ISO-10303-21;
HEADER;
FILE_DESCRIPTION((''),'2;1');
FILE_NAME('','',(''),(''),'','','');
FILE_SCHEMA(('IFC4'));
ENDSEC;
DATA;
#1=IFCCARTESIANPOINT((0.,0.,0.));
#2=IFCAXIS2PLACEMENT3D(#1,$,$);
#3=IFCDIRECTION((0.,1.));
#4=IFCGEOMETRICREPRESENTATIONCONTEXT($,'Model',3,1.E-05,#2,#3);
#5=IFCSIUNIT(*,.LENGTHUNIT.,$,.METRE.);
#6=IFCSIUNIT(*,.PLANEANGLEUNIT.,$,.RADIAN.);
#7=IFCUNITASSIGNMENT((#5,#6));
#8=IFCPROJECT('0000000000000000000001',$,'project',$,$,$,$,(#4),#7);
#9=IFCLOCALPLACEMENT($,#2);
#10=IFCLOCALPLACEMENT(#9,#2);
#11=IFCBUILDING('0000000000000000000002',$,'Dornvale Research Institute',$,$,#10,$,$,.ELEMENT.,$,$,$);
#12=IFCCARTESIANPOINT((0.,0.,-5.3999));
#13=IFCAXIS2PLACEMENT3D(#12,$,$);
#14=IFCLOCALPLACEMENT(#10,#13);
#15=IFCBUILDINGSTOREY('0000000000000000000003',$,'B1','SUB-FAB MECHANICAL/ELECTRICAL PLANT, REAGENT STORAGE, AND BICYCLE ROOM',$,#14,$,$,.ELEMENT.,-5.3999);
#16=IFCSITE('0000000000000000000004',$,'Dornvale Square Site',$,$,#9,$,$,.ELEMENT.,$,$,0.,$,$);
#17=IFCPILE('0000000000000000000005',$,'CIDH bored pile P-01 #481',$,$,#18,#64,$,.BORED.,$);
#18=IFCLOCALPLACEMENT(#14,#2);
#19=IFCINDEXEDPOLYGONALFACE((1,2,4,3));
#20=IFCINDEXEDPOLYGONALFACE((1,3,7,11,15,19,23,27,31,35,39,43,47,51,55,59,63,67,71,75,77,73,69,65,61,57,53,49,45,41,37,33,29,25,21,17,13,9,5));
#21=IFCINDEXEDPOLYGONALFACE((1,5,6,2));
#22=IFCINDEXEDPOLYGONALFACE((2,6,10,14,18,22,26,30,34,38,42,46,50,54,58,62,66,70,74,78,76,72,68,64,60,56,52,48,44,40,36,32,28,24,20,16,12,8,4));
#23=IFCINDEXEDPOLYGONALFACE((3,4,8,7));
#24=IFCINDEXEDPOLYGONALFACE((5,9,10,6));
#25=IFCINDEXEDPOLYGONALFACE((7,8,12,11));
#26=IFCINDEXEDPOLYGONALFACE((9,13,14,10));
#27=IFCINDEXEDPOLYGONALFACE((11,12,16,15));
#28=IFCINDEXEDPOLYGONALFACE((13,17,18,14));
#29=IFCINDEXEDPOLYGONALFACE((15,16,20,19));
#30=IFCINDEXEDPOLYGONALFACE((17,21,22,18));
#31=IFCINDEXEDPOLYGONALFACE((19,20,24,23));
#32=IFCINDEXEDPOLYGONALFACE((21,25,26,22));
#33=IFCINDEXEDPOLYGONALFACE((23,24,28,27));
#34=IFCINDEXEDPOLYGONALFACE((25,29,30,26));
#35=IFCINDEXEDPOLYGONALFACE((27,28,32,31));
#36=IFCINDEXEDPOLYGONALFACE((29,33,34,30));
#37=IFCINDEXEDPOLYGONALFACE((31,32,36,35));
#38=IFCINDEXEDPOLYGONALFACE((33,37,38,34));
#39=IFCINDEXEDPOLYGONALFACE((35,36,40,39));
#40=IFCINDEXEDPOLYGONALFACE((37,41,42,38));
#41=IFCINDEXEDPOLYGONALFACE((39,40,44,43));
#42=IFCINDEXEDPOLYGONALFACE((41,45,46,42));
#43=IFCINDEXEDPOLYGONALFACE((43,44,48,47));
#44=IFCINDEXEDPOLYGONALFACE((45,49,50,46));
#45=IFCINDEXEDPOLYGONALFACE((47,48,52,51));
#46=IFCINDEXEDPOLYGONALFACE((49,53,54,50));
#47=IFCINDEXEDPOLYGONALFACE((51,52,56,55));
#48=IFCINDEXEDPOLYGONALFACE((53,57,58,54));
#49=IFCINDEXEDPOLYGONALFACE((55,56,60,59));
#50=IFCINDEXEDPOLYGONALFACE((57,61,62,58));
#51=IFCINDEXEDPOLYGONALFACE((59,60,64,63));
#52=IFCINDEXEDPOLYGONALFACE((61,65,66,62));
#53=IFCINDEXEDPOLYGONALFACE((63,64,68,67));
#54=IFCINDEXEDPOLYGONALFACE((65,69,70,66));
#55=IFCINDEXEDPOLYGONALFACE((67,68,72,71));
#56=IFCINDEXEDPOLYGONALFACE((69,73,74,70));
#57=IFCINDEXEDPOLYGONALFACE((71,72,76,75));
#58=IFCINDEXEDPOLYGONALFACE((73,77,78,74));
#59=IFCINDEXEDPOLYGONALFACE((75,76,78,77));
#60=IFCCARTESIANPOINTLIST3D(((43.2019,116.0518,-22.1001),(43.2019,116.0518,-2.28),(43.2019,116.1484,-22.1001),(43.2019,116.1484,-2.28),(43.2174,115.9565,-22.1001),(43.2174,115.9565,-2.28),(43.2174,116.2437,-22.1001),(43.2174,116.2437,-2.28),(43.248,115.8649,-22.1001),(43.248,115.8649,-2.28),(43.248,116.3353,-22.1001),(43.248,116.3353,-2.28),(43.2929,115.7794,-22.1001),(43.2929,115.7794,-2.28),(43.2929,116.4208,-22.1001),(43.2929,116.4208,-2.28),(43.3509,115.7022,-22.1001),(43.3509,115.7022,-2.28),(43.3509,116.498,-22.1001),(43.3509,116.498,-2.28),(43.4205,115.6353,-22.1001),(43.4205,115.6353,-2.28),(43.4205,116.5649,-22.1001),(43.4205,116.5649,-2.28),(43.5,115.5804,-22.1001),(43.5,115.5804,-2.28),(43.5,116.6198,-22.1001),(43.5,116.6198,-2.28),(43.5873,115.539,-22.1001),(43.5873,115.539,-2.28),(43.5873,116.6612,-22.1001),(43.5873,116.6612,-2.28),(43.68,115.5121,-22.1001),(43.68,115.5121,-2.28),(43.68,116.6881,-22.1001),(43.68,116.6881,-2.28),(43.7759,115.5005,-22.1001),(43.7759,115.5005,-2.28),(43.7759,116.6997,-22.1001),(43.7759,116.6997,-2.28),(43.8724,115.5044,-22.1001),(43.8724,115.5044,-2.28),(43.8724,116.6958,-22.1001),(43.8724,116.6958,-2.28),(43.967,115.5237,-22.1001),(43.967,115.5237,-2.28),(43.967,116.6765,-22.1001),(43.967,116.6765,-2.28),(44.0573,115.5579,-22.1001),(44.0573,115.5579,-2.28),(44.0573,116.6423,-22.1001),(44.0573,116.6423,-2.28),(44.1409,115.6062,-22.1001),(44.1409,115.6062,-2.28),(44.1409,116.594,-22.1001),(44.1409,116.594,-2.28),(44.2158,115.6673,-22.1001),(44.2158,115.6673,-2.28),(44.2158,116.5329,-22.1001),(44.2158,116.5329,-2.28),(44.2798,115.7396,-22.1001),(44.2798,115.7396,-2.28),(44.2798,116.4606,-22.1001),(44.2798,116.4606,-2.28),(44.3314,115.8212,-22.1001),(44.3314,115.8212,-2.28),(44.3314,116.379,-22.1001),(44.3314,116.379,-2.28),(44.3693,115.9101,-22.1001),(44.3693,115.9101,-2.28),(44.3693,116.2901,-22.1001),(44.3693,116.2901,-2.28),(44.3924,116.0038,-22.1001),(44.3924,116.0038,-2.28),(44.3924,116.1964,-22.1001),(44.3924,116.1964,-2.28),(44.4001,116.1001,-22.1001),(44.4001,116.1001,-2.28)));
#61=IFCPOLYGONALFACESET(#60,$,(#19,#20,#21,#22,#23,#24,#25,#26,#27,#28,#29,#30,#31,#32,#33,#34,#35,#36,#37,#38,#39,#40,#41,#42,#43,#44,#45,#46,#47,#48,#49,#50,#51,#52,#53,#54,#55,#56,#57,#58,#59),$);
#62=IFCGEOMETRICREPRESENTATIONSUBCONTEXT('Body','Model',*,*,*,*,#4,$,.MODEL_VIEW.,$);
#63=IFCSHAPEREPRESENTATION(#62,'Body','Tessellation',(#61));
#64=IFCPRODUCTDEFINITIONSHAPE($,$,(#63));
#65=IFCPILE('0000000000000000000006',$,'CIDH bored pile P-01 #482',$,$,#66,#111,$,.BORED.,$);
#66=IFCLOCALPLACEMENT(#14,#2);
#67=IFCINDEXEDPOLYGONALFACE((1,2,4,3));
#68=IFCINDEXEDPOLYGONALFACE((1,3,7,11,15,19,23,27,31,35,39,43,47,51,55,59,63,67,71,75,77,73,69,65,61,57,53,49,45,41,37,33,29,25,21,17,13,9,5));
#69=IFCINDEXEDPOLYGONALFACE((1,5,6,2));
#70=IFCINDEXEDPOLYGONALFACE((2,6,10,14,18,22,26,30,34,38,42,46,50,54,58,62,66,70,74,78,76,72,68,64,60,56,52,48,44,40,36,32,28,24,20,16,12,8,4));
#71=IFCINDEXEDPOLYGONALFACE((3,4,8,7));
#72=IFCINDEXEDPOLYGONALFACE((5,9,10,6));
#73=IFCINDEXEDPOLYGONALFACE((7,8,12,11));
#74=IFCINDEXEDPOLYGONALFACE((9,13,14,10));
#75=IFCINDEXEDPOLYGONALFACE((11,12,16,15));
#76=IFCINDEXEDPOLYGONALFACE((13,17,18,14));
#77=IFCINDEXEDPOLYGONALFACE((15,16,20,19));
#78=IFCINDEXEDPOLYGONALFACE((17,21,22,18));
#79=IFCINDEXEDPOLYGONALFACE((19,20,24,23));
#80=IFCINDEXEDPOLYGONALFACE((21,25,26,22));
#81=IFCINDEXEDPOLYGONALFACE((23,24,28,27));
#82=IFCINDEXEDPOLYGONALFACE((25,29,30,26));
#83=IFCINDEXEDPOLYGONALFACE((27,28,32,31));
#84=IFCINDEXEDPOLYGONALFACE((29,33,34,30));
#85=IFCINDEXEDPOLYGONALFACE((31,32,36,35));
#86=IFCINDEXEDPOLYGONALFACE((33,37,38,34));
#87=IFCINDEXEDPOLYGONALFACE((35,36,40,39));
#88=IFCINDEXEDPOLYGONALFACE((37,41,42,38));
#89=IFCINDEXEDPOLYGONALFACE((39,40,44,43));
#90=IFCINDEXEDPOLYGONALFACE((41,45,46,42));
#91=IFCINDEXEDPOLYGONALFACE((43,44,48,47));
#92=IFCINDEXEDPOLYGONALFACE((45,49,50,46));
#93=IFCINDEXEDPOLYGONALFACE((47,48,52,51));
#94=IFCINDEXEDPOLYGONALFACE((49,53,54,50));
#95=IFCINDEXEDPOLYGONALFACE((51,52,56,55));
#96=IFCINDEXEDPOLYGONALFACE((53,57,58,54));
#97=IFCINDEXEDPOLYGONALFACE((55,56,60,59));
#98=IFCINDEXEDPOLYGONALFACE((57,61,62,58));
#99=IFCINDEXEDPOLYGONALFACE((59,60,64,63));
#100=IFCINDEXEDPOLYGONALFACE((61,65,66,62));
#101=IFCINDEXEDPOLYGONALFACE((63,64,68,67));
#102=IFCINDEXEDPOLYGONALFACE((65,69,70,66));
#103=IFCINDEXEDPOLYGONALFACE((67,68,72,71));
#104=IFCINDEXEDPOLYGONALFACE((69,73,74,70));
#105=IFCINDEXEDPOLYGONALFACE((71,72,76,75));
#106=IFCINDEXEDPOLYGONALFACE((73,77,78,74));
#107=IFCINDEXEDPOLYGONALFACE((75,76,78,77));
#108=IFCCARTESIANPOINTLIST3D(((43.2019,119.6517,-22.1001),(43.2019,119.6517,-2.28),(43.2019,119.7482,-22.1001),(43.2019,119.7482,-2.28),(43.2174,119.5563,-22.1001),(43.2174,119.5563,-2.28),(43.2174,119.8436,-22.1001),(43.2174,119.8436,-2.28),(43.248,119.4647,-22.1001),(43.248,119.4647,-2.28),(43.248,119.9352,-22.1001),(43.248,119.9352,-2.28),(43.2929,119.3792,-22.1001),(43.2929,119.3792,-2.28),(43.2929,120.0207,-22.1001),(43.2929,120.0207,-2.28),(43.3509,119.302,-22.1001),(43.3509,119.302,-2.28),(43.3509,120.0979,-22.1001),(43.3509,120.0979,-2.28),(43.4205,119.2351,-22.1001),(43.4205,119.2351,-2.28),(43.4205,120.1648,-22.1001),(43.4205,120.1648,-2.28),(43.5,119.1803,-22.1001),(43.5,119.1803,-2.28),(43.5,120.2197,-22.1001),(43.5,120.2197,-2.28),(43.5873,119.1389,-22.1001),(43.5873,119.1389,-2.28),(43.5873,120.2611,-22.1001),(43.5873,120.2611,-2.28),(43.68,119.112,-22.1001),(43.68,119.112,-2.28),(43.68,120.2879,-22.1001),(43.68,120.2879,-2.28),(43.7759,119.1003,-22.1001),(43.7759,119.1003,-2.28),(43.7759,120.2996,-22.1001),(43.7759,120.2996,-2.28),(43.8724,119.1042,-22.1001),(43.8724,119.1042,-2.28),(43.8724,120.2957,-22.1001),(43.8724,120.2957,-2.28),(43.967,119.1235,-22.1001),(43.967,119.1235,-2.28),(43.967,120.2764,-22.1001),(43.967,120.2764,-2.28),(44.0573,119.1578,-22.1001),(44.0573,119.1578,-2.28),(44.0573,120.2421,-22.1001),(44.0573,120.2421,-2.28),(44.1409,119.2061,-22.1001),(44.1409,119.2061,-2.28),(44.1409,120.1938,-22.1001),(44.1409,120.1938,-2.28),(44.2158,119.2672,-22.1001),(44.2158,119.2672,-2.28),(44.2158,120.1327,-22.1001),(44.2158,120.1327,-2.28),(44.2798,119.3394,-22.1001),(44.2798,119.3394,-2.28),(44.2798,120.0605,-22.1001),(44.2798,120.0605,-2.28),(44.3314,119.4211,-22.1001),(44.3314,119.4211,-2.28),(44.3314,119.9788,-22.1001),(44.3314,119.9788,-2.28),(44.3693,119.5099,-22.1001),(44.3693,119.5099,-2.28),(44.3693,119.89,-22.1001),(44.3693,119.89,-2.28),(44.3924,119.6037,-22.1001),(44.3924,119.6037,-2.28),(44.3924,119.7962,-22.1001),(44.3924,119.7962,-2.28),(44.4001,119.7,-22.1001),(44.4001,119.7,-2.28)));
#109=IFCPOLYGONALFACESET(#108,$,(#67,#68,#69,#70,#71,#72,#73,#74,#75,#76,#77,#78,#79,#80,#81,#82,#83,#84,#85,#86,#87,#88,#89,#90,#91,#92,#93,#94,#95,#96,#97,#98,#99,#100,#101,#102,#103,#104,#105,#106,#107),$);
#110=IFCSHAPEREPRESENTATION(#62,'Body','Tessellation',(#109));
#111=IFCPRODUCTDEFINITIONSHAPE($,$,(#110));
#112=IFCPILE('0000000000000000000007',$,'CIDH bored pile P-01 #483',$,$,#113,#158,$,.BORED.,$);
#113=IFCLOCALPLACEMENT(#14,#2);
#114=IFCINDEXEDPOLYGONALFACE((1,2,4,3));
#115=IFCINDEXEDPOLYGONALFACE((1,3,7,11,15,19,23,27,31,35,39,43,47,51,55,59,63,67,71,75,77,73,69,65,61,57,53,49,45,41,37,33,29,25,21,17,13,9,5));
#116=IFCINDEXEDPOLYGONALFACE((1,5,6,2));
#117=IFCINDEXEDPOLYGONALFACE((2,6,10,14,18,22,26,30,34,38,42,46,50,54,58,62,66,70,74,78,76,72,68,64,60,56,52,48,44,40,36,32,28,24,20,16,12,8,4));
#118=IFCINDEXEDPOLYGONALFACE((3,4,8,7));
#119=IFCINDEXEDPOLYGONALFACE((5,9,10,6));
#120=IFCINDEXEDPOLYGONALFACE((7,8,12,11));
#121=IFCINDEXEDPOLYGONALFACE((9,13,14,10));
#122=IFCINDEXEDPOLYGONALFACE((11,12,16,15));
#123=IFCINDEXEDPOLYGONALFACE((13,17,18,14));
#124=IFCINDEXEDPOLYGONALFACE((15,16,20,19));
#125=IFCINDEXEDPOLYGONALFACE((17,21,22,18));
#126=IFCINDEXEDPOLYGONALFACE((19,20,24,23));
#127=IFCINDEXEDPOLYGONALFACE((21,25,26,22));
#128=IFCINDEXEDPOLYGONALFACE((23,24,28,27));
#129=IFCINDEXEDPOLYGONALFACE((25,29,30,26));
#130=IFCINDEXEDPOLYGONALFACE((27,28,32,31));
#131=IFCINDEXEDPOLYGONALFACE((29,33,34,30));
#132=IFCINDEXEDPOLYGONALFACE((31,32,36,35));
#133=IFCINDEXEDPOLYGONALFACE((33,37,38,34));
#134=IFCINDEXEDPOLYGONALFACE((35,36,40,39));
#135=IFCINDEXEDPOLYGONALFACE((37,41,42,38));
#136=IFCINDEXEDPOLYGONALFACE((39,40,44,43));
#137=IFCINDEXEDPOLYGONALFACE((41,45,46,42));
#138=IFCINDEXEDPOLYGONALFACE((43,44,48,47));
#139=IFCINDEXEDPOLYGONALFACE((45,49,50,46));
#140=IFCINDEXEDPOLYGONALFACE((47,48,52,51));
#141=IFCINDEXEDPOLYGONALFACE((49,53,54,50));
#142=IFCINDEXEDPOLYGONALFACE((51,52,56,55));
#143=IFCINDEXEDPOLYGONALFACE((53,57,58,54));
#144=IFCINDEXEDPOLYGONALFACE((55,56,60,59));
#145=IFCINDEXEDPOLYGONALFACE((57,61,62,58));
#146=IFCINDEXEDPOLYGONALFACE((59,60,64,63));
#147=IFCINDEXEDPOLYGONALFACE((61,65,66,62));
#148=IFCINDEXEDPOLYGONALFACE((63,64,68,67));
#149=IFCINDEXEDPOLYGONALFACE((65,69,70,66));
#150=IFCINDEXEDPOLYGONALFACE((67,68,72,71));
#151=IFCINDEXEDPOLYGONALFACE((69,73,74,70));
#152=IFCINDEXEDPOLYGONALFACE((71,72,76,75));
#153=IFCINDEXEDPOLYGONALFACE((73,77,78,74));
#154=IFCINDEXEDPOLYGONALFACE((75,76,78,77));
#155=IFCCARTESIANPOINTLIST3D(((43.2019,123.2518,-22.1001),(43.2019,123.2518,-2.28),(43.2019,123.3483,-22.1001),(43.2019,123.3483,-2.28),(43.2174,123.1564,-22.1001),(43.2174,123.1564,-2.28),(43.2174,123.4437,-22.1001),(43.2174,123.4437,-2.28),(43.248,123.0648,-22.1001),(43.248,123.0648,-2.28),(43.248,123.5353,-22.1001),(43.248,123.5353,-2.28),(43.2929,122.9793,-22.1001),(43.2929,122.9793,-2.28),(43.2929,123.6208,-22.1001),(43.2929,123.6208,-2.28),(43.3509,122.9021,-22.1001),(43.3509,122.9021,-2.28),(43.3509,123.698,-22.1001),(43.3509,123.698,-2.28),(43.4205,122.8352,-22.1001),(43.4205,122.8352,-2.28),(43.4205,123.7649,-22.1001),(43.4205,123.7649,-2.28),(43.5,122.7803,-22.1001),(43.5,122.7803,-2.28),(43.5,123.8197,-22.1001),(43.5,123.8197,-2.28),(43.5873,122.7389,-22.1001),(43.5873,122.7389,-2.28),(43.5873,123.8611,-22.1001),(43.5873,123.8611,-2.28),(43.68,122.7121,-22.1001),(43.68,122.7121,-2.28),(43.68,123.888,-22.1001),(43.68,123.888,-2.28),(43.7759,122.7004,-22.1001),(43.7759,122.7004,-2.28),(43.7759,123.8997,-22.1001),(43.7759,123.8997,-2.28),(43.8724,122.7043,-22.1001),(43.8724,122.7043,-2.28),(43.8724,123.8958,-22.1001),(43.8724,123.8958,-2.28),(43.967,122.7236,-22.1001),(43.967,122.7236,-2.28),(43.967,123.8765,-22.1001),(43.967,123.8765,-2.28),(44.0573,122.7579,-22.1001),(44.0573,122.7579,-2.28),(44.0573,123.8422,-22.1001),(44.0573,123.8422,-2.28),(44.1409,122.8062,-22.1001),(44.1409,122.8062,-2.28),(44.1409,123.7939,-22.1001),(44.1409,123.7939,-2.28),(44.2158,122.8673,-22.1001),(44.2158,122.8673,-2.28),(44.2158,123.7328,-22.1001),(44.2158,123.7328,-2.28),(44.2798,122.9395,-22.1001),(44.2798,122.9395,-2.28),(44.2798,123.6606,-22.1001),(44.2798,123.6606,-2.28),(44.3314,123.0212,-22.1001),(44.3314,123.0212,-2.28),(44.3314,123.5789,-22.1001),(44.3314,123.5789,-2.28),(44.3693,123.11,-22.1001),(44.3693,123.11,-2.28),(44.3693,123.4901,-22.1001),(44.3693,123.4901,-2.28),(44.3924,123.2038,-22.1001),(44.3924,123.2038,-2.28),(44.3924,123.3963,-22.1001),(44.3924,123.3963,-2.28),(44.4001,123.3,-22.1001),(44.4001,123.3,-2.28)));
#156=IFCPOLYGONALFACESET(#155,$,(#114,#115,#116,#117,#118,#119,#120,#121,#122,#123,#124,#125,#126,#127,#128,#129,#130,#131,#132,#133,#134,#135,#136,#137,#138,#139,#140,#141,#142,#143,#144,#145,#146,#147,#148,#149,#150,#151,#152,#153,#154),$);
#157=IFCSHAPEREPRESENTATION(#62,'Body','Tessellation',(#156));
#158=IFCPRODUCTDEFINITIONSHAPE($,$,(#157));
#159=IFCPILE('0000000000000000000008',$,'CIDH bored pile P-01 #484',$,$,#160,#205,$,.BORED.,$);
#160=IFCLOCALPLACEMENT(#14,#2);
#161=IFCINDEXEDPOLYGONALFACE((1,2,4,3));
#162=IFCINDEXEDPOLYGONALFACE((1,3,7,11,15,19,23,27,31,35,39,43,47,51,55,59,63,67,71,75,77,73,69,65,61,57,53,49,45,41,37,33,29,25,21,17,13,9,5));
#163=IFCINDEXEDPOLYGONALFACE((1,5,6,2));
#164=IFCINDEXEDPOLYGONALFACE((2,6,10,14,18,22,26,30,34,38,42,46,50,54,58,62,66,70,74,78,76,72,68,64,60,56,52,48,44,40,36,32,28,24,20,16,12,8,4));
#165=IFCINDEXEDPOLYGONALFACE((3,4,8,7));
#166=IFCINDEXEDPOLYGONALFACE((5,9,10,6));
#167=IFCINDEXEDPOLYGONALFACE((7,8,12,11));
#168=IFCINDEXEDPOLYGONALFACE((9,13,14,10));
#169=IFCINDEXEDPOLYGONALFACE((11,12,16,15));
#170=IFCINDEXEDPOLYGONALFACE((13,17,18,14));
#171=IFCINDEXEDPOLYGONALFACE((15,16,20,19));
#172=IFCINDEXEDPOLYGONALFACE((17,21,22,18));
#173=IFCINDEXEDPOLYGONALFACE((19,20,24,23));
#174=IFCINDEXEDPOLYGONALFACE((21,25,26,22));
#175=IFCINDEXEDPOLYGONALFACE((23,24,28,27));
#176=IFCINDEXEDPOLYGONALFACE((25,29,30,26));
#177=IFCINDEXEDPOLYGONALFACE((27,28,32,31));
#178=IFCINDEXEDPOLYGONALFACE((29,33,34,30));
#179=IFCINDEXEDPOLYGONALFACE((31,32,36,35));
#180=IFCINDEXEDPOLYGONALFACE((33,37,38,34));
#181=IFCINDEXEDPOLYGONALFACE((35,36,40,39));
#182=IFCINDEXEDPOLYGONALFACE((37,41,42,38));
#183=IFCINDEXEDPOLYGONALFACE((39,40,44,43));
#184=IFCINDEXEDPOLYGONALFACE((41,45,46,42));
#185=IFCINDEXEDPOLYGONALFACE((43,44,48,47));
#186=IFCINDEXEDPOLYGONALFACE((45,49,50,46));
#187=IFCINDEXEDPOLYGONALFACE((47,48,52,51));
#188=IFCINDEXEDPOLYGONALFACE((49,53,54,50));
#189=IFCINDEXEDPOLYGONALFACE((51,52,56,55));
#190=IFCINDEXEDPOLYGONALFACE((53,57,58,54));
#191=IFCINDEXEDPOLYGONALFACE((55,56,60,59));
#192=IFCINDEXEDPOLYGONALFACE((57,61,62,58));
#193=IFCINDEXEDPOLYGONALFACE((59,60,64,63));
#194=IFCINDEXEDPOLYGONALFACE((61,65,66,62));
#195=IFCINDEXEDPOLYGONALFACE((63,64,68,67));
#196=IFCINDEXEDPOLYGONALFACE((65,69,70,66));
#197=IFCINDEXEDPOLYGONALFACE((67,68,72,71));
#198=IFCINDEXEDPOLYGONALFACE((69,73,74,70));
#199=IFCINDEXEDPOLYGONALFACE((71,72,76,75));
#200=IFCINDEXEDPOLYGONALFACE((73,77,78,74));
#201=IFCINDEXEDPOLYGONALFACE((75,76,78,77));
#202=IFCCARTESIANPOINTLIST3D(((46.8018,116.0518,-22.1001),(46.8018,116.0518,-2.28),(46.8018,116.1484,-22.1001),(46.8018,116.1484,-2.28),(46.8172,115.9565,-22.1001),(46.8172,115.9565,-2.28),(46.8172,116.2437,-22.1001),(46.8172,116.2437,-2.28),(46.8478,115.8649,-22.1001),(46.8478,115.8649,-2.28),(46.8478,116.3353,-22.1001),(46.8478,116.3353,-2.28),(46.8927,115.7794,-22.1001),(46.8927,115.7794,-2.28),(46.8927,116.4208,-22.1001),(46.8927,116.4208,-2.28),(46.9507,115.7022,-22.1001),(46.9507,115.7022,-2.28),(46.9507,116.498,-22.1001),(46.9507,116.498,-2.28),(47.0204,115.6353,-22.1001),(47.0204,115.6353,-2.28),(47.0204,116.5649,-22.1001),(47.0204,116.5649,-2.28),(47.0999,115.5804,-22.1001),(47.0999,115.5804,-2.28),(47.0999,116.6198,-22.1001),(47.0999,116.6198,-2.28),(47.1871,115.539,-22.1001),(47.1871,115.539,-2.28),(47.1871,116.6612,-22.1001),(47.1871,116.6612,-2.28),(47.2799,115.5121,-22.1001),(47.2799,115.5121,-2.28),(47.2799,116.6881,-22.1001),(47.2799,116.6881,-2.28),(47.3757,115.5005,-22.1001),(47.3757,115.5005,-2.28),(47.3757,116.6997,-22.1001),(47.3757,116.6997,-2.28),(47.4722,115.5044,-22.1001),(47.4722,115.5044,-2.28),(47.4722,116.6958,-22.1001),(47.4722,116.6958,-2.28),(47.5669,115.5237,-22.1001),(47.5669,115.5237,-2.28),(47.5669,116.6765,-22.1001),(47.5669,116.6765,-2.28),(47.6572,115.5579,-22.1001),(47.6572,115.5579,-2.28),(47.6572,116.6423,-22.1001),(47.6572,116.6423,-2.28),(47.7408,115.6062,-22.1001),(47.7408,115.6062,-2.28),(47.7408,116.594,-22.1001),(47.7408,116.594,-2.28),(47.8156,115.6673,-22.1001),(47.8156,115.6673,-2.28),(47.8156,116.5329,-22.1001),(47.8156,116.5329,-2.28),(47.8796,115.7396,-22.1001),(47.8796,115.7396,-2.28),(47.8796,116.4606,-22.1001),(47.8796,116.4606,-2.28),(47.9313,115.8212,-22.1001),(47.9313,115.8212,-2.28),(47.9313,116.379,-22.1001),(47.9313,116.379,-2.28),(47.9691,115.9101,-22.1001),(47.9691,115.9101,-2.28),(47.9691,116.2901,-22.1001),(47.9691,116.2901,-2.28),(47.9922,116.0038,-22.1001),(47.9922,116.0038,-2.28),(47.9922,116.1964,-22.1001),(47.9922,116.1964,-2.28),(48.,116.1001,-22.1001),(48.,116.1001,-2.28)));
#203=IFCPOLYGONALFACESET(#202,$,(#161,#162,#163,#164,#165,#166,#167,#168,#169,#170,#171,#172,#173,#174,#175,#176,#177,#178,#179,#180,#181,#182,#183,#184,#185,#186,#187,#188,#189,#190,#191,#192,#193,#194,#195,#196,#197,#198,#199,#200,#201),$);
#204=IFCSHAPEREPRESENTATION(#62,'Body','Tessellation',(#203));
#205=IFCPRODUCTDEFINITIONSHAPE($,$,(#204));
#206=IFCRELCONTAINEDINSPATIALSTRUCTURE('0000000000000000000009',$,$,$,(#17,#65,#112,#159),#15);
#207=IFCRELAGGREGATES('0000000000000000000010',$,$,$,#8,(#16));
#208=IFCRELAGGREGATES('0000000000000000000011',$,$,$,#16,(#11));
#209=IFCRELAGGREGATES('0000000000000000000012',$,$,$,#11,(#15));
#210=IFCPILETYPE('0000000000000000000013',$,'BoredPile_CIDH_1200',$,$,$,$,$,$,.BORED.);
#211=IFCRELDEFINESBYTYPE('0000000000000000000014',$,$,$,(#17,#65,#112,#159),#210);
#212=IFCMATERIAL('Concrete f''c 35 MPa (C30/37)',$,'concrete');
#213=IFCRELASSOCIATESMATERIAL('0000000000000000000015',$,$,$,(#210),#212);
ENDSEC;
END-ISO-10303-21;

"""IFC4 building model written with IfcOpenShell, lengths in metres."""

from ifc_helpers import new_model, si_unit, direction, frame, origin, origin_2d, place, context, subcontext, project, spatial, circle, extrude, material, material_profile, profile_set, type_object, element, save


model = new_model("IFC4")

# Units and contexts
model_context = context("Model", 3, precision=1e-05, world=origin(), true_north=direction((0.0, 1.0)))
body_context = subcontext(model_context, "Body", "Model", "MODEL_VIEW")
ifc_project = project(units=[si_unit("LENGTHUNIT", "METRE"), si_unit("PLANEANGLEUNIT", "RADIAN")], contexts=[model_context])

# Site, building, storey
site_placement = place(None, origin())
site = spatial("IfcSite", under=ifc_project, at=site_placement, Name="Dornvale Square Site", CompositionType="ELEMENT", RefElevation=0.0)
building_placement = place(site_placement, origin())
building = spatial("IfcBuilding", under=site, at=building_placement, Name="Dornvale Research Institute", CompositionType="ELEMENT")
storey_placement = place(building_placement, frame((0.0, 0.0, -5.3999)))
storey = spatial("IfcBuildingStorey", under=building, at=storey_placement, Name="B1", Description="SUB-FAB MECHANICAL/ELECTRICAL PLANT, REAGENT STORAGE, AND BICYCLE ROOM", CompositionType="ELEMENT", Elevation=-5.3999)

# Piles
ifc_material_1 = material(Name="Concrete f'c 35 MPa (C30/37)", Category="concrete")
ifc_material_profile_1 = material_profile(ifc_material_1, circle(Radius=0.6001, at=origin_2d()), Name="CIDH PILE D1200")
ifc_profile_set_1 = profile_set([ifc_material_profile_1], Name="Concrete f'c 35 MPa (C30/37)")
pile_type = type_object("IfcPileType", Name="BoredPile_CIDH_1200", PredefinedType="BORED", material=ifc_profile_set_1)
for number, where, z_axis, x_axis, name in (
    (1, (43.8, 116.1001, -2.28), (0.0, 0.0, -1.0), (1.0, 0.0, 0.0), "CIDH bored pile P-01 #481"),
    (2, (43.8, 119.7, -2.28), (0.0, 0.0, -1.0), (1.0, 0.0, 0.0), "CIDH bored pile P-01 #482"),
    (3, (43.8, 123.3, -2.28), (0.0, 0.0, -1.0), (1.0, 0.0, 0.0), "CIDH bored pile P-01 #483"),
    (4, (47.3999, 116.1001, -2.28), (0.0, 0.0, -1.0), (1.0, 0.0, 0.0), "CIDH bored pile P-01 #484"),
):
    element("IfcPile", number, at=place(storey_placement, frame(where, z_axis=z_axis, x_axis=x_axis)), inside=storey, type_object=pile_type, Name=name, PredefinedType="BORED", context=body_context, shape_type="SweptSolid", body=[
        extrude(circle(Radius=0.6001, at=origin_2d()), origin(), (0.0, 0.0, 1.0), 19.8201),
    ])

save(model, "model.ifc")
